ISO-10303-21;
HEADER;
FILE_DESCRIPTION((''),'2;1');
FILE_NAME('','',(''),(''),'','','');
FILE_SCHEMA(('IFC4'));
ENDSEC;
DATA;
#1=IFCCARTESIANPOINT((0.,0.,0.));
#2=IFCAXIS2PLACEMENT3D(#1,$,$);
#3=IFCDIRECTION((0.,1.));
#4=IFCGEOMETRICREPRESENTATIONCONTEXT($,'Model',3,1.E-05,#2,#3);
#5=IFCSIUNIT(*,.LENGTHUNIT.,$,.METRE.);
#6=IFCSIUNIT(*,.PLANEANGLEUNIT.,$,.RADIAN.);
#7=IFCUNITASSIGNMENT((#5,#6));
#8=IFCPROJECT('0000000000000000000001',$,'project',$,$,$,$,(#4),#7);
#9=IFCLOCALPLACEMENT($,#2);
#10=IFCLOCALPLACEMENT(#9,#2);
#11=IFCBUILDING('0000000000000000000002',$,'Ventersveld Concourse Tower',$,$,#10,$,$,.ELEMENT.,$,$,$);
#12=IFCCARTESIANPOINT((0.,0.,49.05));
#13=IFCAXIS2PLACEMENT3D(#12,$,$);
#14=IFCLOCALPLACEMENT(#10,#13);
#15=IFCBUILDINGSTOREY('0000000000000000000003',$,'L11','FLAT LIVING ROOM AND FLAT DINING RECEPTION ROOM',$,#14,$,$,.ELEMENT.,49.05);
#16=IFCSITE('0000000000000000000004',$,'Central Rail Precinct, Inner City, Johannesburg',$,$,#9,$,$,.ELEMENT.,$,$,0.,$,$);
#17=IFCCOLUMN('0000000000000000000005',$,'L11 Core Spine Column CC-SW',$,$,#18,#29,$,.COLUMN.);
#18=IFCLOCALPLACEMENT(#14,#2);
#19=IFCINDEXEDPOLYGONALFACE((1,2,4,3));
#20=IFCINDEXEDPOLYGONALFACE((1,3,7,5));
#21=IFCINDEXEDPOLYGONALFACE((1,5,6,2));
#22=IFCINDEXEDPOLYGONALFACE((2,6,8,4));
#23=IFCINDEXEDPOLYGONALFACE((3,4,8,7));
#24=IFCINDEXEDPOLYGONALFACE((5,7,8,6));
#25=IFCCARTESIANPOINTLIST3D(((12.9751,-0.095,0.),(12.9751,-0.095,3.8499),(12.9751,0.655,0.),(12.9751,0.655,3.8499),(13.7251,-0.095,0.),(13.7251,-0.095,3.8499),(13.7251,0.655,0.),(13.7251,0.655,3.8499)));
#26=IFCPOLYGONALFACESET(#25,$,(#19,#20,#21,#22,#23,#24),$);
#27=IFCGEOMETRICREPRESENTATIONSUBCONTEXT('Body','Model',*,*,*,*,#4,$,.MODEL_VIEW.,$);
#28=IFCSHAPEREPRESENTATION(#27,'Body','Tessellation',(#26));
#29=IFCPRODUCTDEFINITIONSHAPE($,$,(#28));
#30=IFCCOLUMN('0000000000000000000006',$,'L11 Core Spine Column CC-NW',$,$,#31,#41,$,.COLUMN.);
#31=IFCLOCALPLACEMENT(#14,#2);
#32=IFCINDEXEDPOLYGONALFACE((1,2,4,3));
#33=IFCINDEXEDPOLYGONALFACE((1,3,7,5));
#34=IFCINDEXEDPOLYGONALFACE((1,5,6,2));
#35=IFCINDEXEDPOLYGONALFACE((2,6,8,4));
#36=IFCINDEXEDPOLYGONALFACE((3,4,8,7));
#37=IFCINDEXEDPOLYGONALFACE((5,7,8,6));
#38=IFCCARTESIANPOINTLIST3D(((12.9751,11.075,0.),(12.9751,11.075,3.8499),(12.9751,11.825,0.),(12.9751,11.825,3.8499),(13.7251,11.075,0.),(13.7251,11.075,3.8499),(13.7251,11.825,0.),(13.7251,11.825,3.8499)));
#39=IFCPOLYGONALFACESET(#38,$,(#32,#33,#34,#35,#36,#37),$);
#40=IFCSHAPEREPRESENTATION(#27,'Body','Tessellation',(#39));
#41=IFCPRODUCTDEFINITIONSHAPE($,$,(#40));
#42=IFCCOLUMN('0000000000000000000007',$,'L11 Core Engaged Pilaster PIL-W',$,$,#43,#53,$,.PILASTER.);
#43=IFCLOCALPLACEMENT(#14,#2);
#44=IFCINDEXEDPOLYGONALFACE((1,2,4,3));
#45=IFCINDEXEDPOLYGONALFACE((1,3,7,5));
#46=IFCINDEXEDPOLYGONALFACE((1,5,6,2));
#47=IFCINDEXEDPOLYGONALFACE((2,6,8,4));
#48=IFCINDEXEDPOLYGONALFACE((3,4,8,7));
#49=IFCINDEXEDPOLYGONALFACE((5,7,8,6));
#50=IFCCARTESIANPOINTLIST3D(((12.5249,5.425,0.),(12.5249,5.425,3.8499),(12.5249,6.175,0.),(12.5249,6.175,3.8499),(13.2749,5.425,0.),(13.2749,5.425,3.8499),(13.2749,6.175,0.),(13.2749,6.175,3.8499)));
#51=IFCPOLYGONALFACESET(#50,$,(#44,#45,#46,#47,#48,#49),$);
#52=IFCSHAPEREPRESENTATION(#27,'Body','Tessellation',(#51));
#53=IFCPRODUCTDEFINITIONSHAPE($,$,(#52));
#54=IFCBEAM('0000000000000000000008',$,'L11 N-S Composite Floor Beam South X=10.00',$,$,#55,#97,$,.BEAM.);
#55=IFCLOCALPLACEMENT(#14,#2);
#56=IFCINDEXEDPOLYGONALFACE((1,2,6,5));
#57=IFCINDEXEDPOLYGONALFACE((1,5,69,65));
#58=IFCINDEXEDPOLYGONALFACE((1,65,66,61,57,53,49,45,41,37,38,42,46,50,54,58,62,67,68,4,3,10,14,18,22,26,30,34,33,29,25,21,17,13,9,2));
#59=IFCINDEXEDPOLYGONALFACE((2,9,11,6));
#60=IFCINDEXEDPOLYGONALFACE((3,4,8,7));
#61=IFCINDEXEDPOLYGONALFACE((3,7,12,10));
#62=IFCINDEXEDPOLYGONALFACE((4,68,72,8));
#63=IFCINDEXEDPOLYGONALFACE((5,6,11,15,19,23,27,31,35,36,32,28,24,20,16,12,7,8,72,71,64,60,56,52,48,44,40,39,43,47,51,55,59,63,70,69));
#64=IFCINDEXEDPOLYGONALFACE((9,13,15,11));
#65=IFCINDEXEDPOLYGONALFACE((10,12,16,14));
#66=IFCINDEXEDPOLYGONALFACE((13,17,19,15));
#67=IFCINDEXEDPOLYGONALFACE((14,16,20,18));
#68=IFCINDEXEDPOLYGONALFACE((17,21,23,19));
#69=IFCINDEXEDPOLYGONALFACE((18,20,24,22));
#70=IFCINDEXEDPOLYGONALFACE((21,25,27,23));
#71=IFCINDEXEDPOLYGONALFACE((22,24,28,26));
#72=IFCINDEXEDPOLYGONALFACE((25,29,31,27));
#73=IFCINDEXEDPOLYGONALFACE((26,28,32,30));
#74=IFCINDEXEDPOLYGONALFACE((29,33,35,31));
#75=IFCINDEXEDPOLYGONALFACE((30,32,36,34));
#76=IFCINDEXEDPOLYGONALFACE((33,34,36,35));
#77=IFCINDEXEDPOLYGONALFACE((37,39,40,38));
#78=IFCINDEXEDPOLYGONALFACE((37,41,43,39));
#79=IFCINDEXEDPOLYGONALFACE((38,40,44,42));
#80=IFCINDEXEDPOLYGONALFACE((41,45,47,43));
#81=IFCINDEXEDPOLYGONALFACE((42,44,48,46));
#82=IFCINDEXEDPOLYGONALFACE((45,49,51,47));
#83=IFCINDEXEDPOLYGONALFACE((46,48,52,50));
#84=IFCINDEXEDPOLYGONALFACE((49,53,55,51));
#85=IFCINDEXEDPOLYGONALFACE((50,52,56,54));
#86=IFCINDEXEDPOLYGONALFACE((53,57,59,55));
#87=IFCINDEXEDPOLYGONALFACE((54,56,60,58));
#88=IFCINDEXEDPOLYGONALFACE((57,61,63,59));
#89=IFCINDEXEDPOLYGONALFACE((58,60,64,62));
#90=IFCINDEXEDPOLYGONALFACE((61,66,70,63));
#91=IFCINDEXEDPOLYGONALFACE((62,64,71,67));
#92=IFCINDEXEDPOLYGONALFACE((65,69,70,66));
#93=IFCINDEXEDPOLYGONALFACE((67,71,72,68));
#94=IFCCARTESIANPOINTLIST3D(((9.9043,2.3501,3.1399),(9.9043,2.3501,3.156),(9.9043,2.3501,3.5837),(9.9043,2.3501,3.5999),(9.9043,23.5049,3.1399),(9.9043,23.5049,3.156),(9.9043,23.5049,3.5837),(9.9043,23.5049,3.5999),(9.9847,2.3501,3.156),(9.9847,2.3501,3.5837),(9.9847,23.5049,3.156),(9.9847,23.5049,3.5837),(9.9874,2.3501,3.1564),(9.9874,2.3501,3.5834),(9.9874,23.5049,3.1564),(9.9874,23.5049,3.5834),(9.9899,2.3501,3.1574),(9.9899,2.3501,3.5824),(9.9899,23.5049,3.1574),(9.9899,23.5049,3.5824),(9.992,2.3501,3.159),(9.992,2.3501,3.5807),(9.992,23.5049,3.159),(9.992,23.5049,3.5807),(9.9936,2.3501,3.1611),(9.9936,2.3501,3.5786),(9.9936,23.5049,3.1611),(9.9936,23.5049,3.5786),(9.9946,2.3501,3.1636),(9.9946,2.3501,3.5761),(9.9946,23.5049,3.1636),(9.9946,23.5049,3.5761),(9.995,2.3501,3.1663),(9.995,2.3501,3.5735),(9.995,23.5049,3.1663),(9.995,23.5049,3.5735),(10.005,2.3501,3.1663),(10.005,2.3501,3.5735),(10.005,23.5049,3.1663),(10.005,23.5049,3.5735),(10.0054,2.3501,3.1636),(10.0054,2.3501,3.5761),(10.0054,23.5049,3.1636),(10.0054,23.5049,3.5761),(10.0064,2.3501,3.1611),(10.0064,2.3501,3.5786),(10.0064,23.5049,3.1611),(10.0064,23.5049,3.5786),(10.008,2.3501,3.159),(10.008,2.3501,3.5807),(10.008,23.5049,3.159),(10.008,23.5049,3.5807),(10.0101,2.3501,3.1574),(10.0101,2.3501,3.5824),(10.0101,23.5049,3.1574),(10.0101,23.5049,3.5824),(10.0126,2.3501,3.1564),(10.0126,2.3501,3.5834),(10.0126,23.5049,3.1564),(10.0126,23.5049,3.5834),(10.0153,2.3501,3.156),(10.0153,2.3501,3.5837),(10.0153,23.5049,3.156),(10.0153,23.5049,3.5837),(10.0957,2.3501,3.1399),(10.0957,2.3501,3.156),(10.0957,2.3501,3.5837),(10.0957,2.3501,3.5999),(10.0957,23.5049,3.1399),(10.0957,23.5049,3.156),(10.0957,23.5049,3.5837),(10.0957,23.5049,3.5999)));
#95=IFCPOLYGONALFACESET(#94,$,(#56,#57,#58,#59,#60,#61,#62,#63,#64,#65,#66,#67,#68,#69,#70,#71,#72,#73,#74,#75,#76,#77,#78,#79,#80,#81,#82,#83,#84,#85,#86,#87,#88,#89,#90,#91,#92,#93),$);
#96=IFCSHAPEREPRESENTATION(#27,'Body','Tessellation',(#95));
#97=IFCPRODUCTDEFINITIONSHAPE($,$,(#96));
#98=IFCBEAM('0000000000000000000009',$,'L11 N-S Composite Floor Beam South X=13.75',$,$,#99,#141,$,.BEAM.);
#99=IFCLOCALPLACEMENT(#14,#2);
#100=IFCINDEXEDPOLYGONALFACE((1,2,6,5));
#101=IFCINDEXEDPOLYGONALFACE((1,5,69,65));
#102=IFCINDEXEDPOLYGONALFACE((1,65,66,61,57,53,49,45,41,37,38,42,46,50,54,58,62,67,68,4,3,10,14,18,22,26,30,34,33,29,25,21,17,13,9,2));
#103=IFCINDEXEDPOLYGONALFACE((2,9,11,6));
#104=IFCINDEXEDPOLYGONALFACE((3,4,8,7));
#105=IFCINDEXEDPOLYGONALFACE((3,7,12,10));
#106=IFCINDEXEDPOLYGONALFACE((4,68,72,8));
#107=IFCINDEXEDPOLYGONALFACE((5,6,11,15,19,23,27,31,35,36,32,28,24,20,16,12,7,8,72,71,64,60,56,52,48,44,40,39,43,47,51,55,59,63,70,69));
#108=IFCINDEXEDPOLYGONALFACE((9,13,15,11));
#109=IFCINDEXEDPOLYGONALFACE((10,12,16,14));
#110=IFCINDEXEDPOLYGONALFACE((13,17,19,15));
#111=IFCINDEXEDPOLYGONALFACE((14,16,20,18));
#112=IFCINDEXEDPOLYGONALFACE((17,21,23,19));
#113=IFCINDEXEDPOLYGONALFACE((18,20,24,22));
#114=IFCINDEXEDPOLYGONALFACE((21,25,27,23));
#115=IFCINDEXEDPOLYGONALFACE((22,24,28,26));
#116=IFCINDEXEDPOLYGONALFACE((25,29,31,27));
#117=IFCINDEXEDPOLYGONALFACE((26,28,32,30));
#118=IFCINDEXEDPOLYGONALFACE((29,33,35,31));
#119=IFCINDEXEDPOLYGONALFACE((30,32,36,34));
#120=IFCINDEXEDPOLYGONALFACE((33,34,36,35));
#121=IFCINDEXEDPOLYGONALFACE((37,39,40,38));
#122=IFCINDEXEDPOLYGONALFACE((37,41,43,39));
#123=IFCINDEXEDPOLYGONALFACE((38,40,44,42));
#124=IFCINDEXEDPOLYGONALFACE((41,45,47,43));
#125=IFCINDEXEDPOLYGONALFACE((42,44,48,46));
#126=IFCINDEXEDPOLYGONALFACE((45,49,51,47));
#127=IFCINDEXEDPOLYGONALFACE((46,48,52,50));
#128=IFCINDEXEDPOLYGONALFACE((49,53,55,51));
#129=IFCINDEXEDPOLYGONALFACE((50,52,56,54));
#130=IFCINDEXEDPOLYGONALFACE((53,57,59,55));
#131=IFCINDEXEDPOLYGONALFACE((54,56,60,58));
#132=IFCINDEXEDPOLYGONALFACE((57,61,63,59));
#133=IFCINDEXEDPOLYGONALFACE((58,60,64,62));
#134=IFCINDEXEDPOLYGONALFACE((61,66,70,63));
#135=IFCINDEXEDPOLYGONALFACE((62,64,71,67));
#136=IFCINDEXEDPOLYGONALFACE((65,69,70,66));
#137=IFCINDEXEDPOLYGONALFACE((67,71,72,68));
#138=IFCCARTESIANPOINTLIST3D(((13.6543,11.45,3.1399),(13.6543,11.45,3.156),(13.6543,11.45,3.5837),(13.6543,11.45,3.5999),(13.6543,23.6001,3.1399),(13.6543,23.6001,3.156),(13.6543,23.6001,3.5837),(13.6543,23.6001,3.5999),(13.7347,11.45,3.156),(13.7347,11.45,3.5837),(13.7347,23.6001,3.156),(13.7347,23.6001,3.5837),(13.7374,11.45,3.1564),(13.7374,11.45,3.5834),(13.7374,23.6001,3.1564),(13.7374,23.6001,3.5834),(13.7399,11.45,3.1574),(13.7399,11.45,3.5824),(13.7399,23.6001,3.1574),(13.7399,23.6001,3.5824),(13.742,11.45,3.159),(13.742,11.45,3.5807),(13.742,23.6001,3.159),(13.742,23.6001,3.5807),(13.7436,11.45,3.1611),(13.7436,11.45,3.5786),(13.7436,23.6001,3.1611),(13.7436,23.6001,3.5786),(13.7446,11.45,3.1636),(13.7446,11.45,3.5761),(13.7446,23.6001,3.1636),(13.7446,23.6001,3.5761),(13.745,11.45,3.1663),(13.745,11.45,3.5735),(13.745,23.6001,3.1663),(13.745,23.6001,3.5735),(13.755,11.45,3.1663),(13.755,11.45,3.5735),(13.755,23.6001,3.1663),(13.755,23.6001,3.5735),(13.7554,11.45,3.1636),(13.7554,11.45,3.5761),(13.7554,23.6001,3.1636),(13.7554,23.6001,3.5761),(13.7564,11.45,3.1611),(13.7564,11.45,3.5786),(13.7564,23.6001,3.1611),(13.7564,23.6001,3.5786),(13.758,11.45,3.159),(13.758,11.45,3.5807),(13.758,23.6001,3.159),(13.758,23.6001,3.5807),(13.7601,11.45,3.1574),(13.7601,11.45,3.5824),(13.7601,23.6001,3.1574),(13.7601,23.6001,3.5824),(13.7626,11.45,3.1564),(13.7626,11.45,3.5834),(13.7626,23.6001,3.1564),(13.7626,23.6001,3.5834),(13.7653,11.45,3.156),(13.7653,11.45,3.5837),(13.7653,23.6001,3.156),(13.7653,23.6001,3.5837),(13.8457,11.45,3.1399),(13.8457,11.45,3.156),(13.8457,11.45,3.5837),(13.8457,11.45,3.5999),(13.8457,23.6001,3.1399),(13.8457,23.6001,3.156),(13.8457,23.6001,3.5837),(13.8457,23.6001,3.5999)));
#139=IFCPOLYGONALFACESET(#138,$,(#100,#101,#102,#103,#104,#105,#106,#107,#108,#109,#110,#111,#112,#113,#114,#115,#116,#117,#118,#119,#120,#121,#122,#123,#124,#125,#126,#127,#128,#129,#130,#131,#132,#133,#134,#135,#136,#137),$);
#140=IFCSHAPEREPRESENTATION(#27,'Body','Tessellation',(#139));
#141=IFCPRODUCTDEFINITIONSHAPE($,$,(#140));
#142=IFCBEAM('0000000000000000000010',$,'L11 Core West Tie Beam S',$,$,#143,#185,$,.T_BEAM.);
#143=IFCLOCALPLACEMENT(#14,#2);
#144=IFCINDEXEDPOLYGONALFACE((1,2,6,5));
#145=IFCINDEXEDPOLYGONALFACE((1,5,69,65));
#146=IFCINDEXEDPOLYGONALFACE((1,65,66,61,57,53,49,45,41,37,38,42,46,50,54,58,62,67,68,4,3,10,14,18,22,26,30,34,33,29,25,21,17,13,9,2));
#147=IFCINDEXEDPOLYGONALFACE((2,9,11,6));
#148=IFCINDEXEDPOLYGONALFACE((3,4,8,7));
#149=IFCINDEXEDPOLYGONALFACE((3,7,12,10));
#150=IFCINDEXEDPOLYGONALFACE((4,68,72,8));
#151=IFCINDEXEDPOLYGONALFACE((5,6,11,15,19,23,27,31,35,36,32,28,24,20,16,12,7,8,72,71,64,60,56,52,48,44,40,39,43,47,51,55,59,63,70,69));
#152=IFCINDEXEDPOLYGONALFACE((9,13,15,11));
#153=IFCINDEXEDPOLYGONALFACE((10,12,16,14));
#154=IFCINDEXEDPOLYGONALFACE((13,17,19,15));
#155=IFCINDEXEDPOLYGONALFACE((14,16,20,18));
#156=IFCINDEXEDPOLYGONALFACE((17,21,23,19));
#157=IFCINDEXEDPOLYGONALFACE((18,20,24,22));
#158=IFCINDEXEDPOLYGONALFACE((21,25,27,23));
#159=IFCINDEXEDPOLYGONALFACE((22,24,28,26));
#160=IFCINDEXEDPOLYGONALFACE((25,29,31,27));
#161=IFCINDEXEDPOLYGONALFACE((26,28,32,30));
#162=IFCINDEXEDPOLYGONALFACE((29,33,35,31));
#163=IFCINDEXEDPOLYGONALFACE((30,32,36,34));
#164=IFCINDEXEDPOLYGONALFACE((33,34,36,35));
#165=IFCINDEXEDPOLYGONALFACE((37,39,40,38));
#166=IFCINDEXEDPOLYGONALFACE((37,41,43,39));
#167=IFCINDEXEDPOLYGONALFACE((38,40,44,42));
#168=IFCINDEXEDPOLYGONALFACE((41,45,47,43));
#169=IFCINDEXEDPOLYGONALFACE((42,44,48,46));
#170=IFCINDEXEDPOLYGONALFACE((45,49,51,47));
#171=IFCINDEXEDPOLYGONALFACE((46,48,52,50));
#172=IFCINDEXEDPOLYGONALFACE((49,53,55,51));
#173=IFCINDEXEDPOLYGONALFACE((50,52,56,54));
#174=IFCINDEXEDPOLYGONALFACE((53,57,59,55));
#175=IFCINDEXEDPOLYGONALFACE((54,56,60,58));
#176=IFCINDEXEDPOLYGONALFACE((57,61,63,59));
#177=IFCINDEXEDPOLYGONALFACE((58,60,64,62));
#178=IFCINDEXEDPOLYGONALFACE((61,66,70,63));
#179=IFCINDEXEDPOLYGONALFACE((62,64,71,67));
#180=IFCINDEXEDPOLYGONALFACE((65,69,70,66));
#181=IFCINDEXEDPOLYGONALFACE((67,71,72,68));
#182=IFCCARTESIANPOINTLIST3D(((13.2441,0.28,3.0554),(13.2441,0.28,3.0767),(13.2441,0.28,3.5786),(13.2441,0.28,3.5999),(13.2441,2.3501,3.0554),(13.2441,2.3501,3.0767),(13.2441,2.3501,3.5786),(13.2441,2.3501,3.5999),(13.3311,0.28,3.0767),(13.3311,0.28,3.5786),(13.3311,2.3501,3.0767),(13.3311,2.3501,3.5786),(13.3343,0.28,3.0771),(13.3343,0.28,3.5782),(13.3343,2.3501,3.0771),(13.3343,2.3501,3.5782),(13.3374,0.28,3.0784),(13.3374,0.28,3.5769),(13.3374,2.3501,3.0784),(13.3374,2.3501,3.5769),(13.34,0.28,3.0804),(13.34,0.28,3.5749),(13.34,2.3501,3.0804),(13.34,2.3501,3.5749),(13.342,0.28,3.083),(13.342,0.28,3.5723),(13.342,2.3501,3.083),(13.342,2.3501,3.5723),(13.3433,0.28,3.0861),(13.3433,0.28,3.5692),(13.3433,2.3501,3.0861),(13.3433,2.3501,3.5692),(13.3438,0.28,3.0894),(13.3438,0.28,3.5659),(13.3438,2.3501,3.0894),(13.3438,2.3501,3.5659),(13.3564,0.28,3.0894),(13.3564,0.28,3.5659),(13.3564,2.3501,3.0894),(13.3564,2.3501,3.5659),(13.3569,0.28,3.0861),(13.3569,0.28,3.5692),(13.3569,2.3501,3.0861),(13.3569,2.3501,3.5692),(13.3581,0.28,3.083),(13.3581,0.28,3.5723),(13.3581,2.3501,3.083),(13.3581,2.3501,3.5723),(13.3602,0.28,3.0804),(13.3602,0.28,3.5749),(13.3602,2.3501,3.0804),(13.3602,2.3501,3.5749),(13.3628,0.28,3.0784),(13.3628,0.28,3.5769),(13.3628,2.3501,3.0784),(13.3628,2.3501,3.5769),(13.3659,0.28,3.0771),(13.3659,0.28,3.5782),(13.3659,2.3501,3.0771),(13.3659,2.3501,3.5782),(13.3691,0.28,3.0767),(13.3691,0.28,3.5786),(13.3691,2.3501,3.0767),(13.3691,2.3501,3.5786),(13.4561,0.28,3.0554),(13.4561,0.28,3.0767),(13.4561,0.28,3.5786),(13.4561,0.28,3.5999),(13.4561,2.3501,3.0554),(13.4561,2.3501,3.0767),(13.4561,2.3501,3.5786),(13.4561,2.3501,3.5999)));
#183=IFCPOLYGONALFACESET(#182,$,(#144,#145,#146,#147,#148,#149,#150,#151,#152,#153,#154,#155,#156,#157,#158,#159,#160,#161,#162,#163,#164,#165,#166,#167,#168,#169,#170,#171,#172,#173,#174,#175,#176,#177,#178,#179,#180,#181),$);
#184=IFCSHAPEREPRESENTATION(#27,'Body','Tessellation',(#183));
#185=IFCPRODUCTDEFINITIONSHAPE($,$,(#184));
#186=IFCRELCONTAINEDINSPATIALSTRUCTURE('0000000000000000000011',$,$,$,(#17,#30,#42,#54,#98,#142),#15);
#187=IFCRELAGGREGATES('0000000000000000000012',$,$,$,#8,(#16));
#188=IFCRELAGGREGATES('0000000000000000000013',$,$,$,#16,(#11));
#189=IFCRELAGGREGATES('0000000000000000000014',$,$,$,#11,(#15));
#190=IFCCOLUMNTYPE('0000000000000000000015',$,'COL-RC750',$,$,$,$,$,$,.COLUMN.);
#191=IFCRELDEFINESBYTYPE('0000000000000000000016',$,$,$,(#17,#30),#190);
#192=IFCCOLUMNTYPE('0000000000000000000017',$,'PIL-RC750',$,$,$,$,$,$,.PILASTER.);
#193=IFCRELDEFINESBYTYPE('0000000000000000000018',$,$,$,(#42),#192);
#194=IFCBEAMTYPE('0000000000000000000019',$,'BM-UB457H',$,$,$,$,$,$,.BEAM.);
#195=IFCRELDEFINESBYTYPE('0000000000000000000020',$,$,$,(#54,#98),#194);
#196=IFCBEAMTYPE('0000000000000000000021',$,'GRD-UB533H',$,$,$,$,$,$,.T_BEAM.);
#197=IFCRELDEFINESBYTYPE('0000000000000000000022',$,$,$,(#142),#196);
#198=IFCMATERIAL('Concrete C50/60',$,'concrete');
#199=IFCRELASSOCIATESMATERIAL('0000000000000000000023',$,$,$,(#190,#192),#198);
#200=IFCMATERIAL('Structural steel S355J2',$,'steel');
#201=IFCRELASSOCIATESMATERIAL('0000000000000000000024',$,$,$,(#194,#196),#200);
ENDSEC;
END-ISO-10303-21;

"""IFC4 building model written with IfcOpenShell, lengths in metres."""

from ifc_helpers import new_model, si_unit, direction, frame, origin, origin_2d, place, context, subcontext, project, spatial, rectangle, i_section, extrude, material, material_profile, profile_set, type_object, element, save


model = new_model("IFC4")

# Units and contexts
model_context = context("Model", 3, precision=1e-05, world=origin(), true_north=direction((0.0, 1.0)))
body_context = subcontext(model_context, "Body", "Model", "MODEL_VIEW")
ifc_project = project(units=[si_unit("LENGTHUNIT", "METRE"), si_unit("PLANEANGLEUNIT", "RADIAN")], contexts=[model_context])

# Site, building, storey
site_placement = place(None, origin())
site = spatial("IfcSite", under=ifc_project, at=site_placement, Name="Central Rail Precinct, Inner City, Johannesburg", CompositionType="ELEMENT", RefElevation=0.0)
building_placement = place(site_placement, origin())
building = spatial("IfcBuilding", under=site, at=building_placement, Name="Ventersveld Concourse Tower", CompositionType="ELEMENT")
storey_placement = place(building_placement, frame((0.0, 0.0, 49.05)))
storey = spatial("IfcBuildingStorey", under=building, at=storey_placement, Name="L11", Description="FLAT LIVING ROOM AND FLAT DINING RECEPTION ROOM", CompositionType="ELEMENT", Elevation=49.05)

# Columns
ifc_material_1 = material(Name="Concrete C50/60", Category="concrete")
ifc_material_profile_1 = material_profile(ifc_material_1, rectangle(XDim=0.75, YDim=0.75, at=origin_2d()), Name="RC 750x750")
ifc_profile_set_1 = profile_set([ifc_material_profile_1], Name="Concrete C50/60")
column_type_1 = type_object("IfcColumnType", Name="COL-RC750", PredefinedType="COLUMN", material=ifc_profile_set_1)
for number, where, z_axis, x_axis, name in (
    (1, (13.3501, 0.28, 0.0), (0.0, 0.0, 1.0), (1.0, 0.0, 0.0), "L11 Core Spine Column CC-SW"),
    (2, (13.3501, 11.45, 0.0), (0.0, 0.0, 1.0), (1.0, 0.0, 0.0), "L11 Core Spine Column CC-NW"),
):
    element("IfcColumn", number, at=place(storey_placement, frame(where, z_axis=z_axis, x_axis=x_axis)), inside=storey, type_object=column_type_1, Name=name, PredefinedType="COLUMN", context=body_context, shape_type="SweptSolid", body=[
        extrude(rectangle(XDim=0.75, YDim=0.75, at=origin_2d()), origin(), (0.0, 0.0, 1.0), 3.8499),
    ])
ifc_material_profile_2 = material_profile(ifc_material_1, rectangle(XDim=0.75, YDim=0.75, at=origin_2d()), Name="RC 750x750")
ifc_profile_set_2 = profile_set([ifc_material_profile_2], Name="Concrete C50/60")
column_type_2 = type_object("IfcColumnType", Name="PIL-RC750", PredefinedType="PILASTER", material=ifc_profile_set_2)
column_placement = place(storey_placement, frame((12.8999, 5.8, 0.0), z_axis=(0.0, 0.0, 1.0), x_axis=(1.0, 0.0, 0.0)))
element("IfcColumn", 3, at=column_placement, inside=storey, type_object=column_type_2, Name="L11 Core Engaged Pilaster PIL-W", PredefinedType="PILASTER", context=body_context, shape_type="SweptSolid", body=[
    extrude(rectangle(XDim=0.75, YDim=0.75, at=origin_2d()), origin(), (0.0, 0.0, 1.0), 3.8499),
])

# Beams
ifc_material_2 = material(Name="Structural steel S355J2", Category="steel")
ifc_material_profile_3 = material_profile(ifc_material_2, i_section(OverallWidth=0.1914, OverallDepth=0.46, WebThickness=0.01, FlangeThickness=0.0161, FilletRadius=0.0103, at=origin_2d()), Name="UB 457x191x82")
ifc_profile_set_3 = profile_set([ifc_material_profile_3], Name="Structural steel S355J2")
beam_type_1 = type_object("IfcBeamType", Name="BM-UB457H", PredefinedType="BEAM", material=ifc_profile_set_3)
beam_1_placement = place(storey_placement, frame((10.0, 2.3501, 3.3699), z_axis=(0.0, 1.0, 0.0), x_axis=(-1.0, 0.0, 0.0)))
element("IfcBeam", 4, at=beam_1_placement, inside=storey, type_object=beam_type_1, Name="L11 N-S Composite Floor Beam South X=10.00", PredefinedType="BEAM", context=body_context, shape_type="SweptSolid", body=[
    extrude(i_section(OverallWidth=0.1914, OverallDepth=0.46, WebThickness=0.01, FlangeThickness=0.0161, FilletRadius=0.0103, at=origin_2d()), origin(), (0.0, 0.0, 1.0), 21.1548),
])
beam_2_placement = place(storey_placement, frame((13.75, 11.45, 3.3699), z_axis=(0.0, 1.0, 0.0), x_axis=(-1.0, 0.0, 0.0)))
element("IfcBeam", 5, at=beam_2_placement, inside=storey, type_object=beam_type_1, Name="L11 N-S Composite Floor Beam South X=13.75", PredefinedType="BEAM", context=body_context, shape_type="SweptSolid", body=[
    extrude(i_section(OverallWidth=0.1914, OverallDepth=0.46, WebThickness=0.01, FlangeThickness=0.0161, FilletRadius=0.0103, at=origin_2d()), origin(), (0.0, 0.0, 1.0), 12.1501),
])
ifc_material_profile_4 = material_profile(ifc_material_2, i_section(OverallWidth=0.2119, OverallDepth=0.5444, WebThickness=0.0127, FlangeThickness=0.0212, FilletRadius=0.0127, at=origin_2d()), Name="UB 533x210x122")
ifc_profile_set_4 = profile_set([ifc_material_profile_4], Name="Structural steel S355J2")
beam_type_2 = type_object("IfcBeamType", Name="GRD-UB533H", PredefinedType="T_BEAM", material=ifc_profile_set_4)
beam_3_placement = place(storey_placement, frame((13.3501, 0.28, 3.3276), z_axis=(0.0, 1.0, 0.0), x_axis=(-1.0, 0.0, 0.0)))
element("IfcBeam", 6, at=beam_3_placement, inside=storey, type_object=beam_type_2, Name="L11 Core West Tie Beam S", PredefinedType="T_BEAM", context=body_context, shape_type="SweptSolid", body=[
    extrude(i_section(OverallWidth=0.2119, OverallDepth=0.5444, WebThickness=0.0127, FlangeThickness=0.0212, FilletRadius=0.0127, at=origin_2d()), origin(), (0.0, 0.0, 1.0), 2.0701),
])

save(model, "model.ifc")
